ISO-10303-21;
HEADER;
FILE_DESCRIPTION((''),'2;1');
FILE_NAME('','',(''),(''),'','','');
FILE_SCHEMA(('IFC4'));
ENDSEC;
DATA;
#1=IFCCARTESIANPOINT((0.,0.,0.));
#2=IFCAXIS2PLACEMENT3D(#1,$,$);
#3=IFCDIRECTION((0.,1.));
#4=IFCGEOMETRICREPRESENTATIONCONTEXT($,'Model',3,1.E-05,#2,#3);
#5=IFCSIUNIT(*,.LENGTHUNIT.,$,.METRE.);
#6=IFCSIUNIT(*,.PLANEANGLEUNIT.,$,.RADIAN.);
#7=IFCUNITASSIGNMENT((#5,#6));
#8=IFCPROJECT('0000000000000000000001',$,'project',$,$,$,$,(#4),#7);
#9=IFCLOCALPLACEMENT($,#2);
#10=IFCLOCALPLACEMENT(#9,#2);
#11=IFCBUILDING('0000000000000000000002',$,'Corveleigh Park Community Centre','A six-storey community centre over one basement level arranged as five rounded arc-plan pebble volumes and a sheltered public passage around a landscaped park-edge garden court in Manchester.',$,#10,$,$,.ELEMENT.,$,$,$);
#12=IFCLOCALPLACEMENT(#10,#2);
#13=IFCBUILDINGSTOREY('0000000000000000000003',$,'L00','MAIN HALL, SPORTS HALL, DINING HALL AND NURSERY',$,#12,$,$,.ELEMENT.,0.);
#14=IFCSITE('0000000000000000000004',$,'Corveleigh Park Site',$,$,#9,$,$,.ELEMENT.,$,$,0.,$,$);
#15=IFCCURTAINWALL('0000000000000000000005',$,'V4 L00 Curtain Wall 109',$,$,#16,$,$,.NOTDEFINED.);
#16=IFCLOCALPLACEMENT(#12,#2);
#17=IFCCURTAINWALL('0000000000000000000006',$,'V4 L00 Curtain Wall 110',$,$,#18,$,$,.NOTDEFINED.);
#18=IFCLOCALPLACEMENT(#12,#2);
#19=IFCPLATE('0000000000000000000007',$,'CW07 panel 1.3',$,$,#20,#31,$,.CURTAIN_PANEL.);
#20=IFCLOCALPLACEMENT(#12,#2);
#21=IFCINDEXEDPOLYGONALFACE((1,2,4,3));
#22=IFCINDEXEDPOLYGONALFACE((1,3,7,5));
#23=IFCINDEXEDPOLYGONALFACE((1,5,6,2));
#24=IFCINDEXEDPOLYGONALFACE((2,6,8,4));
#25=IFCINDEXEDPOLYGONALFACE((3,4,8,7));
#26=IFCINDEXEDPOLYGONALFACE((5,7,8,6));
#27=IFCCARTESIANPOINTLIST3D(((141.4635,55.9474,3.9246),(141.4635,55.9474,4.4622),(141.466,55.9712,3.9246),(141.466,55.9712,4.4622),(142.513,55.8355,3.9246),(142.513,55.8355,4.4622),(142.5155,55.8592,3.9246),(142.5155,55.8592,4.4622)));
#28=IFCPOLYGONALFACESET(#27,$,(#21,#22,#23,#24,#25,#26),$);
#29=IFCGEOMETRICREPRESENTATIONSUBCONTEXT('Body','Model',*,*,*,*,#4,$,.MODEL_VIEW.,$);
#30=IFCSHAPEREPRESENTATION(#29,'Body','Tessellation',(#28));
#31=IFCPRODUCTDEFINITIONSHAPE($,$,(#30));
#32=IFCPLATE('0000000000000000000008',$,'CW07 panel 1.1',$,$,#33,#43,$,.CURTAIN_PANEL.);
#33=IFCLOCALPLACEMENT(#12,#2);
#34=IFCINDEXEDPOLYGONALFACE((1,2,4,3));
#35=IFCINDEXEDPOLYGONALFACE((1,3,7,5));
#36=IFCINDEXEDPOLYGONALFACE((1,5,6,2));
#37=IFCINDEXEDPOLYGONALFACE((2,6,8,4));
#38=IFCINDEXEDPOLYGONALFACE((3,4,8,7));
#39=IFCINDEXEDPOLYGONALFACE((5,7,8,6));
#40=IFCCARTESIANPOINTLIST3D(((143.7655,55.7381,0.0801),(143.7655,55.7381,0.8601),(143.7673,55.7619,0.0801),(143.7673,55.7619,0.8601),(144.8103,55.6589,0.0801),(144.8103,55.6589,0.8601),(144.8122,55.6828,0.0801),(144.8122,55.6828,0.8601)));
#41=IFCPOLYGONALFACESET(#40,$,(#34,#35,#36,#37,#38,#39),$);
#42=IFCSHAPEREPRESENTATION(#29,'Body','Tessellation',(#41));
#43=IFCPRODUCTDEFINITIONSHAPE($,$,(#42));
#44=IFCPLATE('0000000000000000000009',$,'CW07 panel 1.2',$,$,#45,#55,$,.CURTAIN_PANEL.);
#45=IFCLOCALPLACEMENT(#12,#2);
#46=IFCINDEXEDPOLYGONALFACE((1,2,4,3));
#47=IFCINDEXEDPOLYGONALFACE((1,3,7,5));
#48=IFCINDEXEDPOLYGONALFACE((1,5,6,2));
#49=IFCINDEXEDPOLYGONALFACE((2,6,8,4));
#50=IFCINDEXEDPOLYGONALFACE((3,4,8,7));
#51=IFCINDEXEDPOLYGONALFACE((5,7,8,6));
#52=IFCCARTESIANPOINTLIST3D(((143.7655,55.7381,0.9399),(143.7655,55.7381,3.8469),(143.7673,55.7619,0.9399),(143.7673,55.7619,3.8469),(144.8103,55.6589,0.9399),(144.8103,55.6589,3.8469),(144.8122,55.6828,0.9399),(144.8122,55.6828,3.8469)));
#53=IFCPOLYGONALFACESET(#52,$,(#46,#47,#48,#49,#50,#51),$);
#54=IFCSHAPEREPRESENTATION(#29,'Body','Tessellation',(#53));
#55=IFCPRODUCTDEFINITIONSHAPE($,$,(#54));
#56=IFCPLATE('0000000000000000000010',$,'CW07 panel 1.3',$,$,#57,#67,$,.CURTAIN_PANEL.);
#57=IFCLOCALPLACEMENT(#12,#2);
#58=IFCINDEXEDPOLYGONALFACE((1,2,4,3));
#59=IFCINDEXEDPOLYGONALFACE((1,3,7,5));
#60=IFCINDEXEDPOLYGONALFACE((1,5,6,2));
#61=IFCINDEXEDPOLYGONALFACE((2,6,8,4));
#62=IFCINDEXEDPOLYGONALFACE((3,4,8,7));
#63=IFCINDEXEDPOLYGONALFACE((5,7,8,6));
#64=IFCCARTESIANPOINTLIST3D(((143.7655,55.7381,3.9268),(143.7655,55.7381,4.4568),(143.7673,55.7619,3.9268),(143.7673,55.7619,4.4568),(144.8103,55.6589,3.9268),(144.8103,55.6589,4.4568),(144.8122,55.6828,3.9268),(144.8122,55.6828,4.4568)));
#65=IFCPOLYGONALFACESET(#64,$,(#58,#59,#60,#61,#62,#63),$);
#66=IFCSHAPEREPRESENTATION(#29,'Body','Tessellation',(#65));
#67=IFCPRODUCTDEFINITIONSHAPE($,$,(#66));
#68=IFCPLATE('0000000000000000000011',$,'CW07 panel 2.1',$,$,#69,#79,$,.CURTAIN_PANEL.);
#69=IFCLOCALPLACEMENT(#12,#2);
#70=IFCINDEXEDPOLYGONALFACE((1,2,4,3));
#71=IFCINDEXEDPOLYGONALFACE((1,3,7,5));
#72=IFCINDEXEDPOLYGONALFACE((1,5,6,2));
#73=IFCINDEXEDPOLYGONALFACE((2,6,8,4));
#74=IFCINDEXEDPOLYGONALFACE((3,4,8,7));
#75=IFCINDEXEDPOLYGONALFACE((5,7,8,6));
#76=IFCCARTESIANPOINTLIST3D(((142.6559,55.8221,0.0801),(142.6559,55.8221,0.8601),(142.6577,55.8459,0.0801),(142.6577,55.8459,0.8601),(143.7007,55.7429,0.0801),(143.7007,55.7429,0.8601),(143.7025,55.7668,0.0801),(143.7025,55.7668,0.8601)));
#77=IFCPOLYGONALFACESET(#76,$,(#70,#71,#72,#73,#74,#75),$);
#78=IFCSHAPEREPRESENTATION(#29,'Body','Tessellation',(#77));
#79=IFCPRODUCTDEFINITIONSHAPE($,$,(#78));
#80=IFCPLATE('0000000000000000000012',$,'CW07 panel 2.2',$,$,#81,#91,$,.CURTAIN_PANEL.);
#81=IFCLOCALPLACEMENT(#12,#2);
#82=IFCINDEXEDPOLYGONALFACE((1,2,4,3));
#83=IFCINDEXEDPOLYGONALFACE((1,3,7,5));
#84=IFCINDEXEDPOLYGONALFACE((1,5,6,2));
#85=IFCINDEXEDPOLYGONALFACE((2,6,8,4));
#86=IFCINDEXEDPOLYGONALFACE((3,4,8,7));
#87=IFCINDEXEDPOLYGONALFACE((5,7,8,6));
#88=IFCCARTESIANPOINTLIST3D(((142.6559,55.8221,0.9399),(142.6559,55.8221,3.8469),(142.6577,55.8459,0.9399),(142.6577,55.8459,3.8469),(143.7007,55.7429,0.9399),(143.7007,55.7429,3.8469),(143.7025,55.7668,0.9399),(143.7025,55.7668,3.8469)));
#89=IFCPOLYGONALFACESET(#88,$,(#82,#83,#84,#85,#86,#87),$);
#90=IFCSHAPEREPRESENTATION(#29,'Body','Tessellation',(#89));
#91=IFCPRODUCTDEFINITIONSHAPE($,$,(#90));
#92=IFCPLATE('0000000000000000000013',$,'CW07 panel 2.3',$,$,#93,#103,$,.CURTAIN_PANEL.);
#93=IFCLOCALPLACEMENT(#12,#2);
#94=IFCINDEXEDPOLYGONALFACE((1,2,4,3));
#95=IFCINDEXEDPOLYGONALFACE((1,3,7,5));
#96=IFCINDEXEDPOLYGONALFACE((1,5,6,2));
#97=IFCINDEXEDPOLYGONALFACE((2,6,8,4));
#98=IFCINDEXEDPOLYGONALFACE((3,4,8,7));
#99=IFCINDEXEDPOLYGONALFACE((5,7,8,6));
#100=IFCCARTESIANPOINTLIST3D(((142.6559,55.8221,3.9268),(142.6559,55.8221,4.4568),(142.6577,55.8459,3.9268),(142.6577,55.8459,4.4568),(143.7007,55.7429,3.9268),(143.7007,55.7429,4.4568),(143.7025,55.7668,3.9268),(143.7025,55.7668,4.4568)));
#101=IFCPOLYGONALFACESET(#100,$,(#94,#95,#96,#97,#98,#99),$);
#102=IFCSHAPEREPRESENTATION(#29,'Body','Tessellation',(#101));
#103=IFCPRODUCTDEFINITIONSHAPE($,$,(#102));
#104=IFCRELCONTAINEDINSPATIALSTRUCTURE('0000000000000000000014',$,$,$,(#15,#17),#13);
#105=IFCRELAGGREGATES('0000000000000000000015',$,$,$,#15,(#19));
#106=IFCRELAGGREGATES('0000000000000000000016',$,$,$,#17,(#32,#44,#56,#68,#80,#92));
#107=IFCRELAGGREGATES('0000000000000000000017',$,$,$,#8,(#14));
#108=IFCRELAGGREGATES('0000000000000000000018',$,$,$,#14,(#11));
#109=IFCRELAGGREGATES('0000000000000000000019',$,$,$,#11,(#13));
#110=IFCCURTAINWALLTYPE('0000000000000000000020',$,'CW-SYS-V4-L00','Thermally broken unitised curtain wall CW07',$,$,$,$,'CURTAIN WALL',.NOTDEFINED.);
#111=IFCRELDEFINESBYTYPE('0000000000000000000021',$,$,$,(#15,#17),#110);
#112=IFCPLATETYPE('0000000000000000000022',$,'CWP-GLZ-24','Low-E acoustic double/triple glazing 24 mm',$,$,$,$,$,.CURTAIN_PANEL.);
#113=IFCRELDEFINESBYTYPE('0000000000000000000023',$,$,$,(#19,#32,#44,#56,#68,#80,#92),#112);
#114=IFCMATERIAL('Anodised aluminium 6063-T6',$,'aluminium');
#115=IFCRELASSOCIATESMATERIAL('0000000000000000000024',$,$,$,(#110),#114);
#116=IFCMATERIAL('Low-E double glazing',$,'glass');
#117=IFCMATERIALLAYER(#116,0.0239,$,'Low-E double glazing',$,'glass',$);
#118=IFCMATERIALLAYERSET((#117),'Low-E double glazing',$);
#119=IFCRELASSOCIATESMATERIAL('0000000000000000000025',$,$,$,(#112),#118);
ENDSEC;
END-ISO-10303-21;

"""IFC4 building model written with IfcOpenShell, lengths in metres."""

from ifc_helpers import new_model, si_unit, direction, frame, origin, origin_2d, place, context, subcontext, project, spatial, rectangle, extrude, material, layer, layer_set, type_object, element, aggregate, save


model = new_model("IFC4")

# Units and contexts
model_context = context("Model", 3, precision=1e-05, world=origin(), true_north=direction((0.0, 1.0)))
body_context = subcontext(model_context, "Body", "Model", "MODEL_VIEW")
ifc_project = project(units=[si_unit("LENGTHUNIT", "METRE"), si_unit("PLANEANGLEUNIT", "RADIAN")], contexts=[model_context])

# Site, building, storey
site_placement = place(None, origin())
site = spatial("IfcSite", under=ifc_project, at=site_placement, Name="Corveleigh Park Site", CompositionType="ELEMENT", RefElevation=0.0)
building_placement = place(site_placement, origin())
building = spatial("IfcBuilding", under=site, at=building_placement, Name="Corveleigh Park Community Centre", Description="A six-storey community centre over one basement level arranged as five rounded arc-plan pebble volumes and a sheltered public passage around a landscaped park-edge garden court in Manchester.", CompositionType="ELEMENT")
storey_placement = place(building_placement, origin())
storey = spatial("IfcBuildingStorey", under=building, at=storey_placement, Name="L00", Description="MAIN HALL, SPORTS HALL, DINING HALL AND NURSERY", CompositionType="ELEMENT", Elevation=0.0)

# Curtain walls
ifc_material_1 = material(Name="Anodised aluminium 6063-T6", Category="aluminium")
curtain_wall_type = type_object("IfcCurtainWallType", Name="CW-SYS-V4-L00", Description="Thermally broken unitised curtain wall CW07", ElementType="CURTAIN WALL", PredefinedType="NOTDEFINED", material=ifc_material_1)
curtain_wall_1_placement = place(storey_placement, origin())
curtain_wall_1 = element("IfcCurtainWall", 1, at=curtain_wall_1_placement, inside=storey, type_object=curtain_wall_type, Name="V4 L00 Curtain Wall 109", PredefinedType="NOTDEFINED")
curtain_wall_2_placement = place(storey_placement, origin())
curtain_wall_2 = element("IfcCurtainWall", 2, at=curtain_wall_2_placement, inside=storey, type_object=curtain_wall_type, Name="V4 L00 Curtain Wall 110", PredefinedType="NOTDEFINED")

# Plates
ifc_material_2 = material(Name="Low-E double glazing", Category="glass")
ifc_layer = layer(ifc_material_2, 0.0239, Name="Low-E double glazing", Category="glass")
ifc_layer_set = layer_set([ifc_layer], Name="Low-E double glazing")
plate_type = type_object("IfcPlateType", Name="CWP-GLZ-24", Description="Low-E acoustic double/triple glazing 24 mm", PredefinedType="CURTAIN_PANEL", material=ifc_layer_set)
plate_1_placement = place(storey_placement, frame((141.9895, 55.9033, 3.9246), z_axis=(0.0, 0.0, 1.0), x_axis=(-0.994359, 0.106071, 0.0)))
plate_1 = element("IfcPlate", 3, at=plate_1_placement, type_object=plate_type, Name="CW07 panel 1.3", PredefinedType="CURTAIN_PANEL", context=body_context, shape_type="SweptSolid", body=[
    extrude(rectangle(XDim=1.0554, YDim=0.0239, at=origin_2d()), origin(), (0.0, 0.0, 1.0), 0.5376),
])
aggregate(curtain_wall_1, [plate_1])
plate_2_placement = place(storey_placement, frame((144.2888, 55.7104, 0.0801), z_axis=(0.0, 0.0, 1.0), x_axis=(-0.997144, 0.075528, 0.0)))
plate_2 = element("IfcPlate", 4, at=plate_2_placement, type_object=plate_type, Name="CW07 panel 1.1", PredefinedType="CURTAIN_PANEL", context=body_context, shape_type="SweptSolid", body=[
    extrude(rectangle(XDim=1.0479, YDim=0.0239, at=origin_2d()), origin(), (0.0, 0.0, 1.0), 0.78),
])
plate_3_placement = place(storey_placement, frame((144.2888, 55.7104, 0.9399), z_axis=(0.0, 0.0, 1.0), x_axis=(-0.997144, 0.075528, 0.0)))
plate_3 = element("IfcPlate", 5, at=plate_3_placement, type_object=plate_type, Name="CW07 panel 1.2", PredefinedType="CURTAIN_PANEL", context=body_context, shape_type="SweptSolid", body=[
    extrude(rectangle(XDim=1.0479, YDim=0.0239, at=origin_2d()), origin(), (0.0, 0.0, 1.0), 2.907),
])
plate_4_placement = place(storey_placement, frame((144.2888, 55.7104, 3.9268), z_axis=(0.0, 0.0, 1.0), x_axis=(-0.997144, 0.075528, 0.0)))
plate_4 = element("IfcPlate", 6, at=plate_4_placement, type_object=plate_type, Name="CW07 panel 1.3", PredefinedType="CURTAIN_PANEL", context=body_context, shape_type="SweptSolid", body=[
    extrude(rectangle(XDim=1.0479, YDim=0.0239, at=origin_2d()), origin(), (0.0, 0.0, 1.0), 0.53),
])
plate_5_placement = place(storey_placement, frame((143.1792, 55.7944, 0.0801), z_axis=(0.0, 0.0, 1.0), x_axis=(-0.997144, 0.075528, 0.0)))
plate_5 = element("IfcPlate", 7, at=plate_5_placement, type_object=plate_type, Name="CW07 panel 2.1", PredefinedType="CURTAIN_PANEL", context=body_context, shape_type="SweptSolid", body=[
    extrude(rectangle(XDim=1.0479, YDim=0.0239, at=origin_2d()), origin(), (0.0, 0.0, 1.0), 0.78),
])
plate_6_placement = place(storey_placement, frame((143.1792, 55.7944, 0.9399), z_axis=(0.0, 0.0, 1.0), x_axis=(-0.997144, 0.075528, 0.0)))
plate_6 = element("IfcPlate", 8, at=plate_6_placement, type_object=plate_type, Name="CW07 panel 2.2", PredefinedType="CURTAIN_PANEL", context=body_context, shape_type="SweptSolid", body=[
    extrude(rectangle(XDim=1.0479, YDim=0.0239, at=origin_2d()), origin(), (0.0, 0.0, 1.0), 2.907),
])
plate_7_placement = place(storey_placement, frame((143.1792, 55.7944, 3.9268), z_axis=(0.0, 0.0, 1.0), x_axis=(-0.997144, 0.075528, 0.0)))
plate_7 = element("IfcPlate", 9, at=plate_7_placement, type_object=plate_type, Name="CW07 panel 2.3", PredefinedType="CURTAIN_PANEL", context=body_context, shape_type="SweptSolid", body=[
    extrude(rectangle(XDim=1.0479, YDim=0.0239, at=origin_2d()), origin(), (0.0, 0.0, 1.0), 0.53),
])
aggregate(curtain_wall_2, [plate_2, plate_3, plate_4, plate_5, plate_6, plate_7])

save(model, "model.ifc")
